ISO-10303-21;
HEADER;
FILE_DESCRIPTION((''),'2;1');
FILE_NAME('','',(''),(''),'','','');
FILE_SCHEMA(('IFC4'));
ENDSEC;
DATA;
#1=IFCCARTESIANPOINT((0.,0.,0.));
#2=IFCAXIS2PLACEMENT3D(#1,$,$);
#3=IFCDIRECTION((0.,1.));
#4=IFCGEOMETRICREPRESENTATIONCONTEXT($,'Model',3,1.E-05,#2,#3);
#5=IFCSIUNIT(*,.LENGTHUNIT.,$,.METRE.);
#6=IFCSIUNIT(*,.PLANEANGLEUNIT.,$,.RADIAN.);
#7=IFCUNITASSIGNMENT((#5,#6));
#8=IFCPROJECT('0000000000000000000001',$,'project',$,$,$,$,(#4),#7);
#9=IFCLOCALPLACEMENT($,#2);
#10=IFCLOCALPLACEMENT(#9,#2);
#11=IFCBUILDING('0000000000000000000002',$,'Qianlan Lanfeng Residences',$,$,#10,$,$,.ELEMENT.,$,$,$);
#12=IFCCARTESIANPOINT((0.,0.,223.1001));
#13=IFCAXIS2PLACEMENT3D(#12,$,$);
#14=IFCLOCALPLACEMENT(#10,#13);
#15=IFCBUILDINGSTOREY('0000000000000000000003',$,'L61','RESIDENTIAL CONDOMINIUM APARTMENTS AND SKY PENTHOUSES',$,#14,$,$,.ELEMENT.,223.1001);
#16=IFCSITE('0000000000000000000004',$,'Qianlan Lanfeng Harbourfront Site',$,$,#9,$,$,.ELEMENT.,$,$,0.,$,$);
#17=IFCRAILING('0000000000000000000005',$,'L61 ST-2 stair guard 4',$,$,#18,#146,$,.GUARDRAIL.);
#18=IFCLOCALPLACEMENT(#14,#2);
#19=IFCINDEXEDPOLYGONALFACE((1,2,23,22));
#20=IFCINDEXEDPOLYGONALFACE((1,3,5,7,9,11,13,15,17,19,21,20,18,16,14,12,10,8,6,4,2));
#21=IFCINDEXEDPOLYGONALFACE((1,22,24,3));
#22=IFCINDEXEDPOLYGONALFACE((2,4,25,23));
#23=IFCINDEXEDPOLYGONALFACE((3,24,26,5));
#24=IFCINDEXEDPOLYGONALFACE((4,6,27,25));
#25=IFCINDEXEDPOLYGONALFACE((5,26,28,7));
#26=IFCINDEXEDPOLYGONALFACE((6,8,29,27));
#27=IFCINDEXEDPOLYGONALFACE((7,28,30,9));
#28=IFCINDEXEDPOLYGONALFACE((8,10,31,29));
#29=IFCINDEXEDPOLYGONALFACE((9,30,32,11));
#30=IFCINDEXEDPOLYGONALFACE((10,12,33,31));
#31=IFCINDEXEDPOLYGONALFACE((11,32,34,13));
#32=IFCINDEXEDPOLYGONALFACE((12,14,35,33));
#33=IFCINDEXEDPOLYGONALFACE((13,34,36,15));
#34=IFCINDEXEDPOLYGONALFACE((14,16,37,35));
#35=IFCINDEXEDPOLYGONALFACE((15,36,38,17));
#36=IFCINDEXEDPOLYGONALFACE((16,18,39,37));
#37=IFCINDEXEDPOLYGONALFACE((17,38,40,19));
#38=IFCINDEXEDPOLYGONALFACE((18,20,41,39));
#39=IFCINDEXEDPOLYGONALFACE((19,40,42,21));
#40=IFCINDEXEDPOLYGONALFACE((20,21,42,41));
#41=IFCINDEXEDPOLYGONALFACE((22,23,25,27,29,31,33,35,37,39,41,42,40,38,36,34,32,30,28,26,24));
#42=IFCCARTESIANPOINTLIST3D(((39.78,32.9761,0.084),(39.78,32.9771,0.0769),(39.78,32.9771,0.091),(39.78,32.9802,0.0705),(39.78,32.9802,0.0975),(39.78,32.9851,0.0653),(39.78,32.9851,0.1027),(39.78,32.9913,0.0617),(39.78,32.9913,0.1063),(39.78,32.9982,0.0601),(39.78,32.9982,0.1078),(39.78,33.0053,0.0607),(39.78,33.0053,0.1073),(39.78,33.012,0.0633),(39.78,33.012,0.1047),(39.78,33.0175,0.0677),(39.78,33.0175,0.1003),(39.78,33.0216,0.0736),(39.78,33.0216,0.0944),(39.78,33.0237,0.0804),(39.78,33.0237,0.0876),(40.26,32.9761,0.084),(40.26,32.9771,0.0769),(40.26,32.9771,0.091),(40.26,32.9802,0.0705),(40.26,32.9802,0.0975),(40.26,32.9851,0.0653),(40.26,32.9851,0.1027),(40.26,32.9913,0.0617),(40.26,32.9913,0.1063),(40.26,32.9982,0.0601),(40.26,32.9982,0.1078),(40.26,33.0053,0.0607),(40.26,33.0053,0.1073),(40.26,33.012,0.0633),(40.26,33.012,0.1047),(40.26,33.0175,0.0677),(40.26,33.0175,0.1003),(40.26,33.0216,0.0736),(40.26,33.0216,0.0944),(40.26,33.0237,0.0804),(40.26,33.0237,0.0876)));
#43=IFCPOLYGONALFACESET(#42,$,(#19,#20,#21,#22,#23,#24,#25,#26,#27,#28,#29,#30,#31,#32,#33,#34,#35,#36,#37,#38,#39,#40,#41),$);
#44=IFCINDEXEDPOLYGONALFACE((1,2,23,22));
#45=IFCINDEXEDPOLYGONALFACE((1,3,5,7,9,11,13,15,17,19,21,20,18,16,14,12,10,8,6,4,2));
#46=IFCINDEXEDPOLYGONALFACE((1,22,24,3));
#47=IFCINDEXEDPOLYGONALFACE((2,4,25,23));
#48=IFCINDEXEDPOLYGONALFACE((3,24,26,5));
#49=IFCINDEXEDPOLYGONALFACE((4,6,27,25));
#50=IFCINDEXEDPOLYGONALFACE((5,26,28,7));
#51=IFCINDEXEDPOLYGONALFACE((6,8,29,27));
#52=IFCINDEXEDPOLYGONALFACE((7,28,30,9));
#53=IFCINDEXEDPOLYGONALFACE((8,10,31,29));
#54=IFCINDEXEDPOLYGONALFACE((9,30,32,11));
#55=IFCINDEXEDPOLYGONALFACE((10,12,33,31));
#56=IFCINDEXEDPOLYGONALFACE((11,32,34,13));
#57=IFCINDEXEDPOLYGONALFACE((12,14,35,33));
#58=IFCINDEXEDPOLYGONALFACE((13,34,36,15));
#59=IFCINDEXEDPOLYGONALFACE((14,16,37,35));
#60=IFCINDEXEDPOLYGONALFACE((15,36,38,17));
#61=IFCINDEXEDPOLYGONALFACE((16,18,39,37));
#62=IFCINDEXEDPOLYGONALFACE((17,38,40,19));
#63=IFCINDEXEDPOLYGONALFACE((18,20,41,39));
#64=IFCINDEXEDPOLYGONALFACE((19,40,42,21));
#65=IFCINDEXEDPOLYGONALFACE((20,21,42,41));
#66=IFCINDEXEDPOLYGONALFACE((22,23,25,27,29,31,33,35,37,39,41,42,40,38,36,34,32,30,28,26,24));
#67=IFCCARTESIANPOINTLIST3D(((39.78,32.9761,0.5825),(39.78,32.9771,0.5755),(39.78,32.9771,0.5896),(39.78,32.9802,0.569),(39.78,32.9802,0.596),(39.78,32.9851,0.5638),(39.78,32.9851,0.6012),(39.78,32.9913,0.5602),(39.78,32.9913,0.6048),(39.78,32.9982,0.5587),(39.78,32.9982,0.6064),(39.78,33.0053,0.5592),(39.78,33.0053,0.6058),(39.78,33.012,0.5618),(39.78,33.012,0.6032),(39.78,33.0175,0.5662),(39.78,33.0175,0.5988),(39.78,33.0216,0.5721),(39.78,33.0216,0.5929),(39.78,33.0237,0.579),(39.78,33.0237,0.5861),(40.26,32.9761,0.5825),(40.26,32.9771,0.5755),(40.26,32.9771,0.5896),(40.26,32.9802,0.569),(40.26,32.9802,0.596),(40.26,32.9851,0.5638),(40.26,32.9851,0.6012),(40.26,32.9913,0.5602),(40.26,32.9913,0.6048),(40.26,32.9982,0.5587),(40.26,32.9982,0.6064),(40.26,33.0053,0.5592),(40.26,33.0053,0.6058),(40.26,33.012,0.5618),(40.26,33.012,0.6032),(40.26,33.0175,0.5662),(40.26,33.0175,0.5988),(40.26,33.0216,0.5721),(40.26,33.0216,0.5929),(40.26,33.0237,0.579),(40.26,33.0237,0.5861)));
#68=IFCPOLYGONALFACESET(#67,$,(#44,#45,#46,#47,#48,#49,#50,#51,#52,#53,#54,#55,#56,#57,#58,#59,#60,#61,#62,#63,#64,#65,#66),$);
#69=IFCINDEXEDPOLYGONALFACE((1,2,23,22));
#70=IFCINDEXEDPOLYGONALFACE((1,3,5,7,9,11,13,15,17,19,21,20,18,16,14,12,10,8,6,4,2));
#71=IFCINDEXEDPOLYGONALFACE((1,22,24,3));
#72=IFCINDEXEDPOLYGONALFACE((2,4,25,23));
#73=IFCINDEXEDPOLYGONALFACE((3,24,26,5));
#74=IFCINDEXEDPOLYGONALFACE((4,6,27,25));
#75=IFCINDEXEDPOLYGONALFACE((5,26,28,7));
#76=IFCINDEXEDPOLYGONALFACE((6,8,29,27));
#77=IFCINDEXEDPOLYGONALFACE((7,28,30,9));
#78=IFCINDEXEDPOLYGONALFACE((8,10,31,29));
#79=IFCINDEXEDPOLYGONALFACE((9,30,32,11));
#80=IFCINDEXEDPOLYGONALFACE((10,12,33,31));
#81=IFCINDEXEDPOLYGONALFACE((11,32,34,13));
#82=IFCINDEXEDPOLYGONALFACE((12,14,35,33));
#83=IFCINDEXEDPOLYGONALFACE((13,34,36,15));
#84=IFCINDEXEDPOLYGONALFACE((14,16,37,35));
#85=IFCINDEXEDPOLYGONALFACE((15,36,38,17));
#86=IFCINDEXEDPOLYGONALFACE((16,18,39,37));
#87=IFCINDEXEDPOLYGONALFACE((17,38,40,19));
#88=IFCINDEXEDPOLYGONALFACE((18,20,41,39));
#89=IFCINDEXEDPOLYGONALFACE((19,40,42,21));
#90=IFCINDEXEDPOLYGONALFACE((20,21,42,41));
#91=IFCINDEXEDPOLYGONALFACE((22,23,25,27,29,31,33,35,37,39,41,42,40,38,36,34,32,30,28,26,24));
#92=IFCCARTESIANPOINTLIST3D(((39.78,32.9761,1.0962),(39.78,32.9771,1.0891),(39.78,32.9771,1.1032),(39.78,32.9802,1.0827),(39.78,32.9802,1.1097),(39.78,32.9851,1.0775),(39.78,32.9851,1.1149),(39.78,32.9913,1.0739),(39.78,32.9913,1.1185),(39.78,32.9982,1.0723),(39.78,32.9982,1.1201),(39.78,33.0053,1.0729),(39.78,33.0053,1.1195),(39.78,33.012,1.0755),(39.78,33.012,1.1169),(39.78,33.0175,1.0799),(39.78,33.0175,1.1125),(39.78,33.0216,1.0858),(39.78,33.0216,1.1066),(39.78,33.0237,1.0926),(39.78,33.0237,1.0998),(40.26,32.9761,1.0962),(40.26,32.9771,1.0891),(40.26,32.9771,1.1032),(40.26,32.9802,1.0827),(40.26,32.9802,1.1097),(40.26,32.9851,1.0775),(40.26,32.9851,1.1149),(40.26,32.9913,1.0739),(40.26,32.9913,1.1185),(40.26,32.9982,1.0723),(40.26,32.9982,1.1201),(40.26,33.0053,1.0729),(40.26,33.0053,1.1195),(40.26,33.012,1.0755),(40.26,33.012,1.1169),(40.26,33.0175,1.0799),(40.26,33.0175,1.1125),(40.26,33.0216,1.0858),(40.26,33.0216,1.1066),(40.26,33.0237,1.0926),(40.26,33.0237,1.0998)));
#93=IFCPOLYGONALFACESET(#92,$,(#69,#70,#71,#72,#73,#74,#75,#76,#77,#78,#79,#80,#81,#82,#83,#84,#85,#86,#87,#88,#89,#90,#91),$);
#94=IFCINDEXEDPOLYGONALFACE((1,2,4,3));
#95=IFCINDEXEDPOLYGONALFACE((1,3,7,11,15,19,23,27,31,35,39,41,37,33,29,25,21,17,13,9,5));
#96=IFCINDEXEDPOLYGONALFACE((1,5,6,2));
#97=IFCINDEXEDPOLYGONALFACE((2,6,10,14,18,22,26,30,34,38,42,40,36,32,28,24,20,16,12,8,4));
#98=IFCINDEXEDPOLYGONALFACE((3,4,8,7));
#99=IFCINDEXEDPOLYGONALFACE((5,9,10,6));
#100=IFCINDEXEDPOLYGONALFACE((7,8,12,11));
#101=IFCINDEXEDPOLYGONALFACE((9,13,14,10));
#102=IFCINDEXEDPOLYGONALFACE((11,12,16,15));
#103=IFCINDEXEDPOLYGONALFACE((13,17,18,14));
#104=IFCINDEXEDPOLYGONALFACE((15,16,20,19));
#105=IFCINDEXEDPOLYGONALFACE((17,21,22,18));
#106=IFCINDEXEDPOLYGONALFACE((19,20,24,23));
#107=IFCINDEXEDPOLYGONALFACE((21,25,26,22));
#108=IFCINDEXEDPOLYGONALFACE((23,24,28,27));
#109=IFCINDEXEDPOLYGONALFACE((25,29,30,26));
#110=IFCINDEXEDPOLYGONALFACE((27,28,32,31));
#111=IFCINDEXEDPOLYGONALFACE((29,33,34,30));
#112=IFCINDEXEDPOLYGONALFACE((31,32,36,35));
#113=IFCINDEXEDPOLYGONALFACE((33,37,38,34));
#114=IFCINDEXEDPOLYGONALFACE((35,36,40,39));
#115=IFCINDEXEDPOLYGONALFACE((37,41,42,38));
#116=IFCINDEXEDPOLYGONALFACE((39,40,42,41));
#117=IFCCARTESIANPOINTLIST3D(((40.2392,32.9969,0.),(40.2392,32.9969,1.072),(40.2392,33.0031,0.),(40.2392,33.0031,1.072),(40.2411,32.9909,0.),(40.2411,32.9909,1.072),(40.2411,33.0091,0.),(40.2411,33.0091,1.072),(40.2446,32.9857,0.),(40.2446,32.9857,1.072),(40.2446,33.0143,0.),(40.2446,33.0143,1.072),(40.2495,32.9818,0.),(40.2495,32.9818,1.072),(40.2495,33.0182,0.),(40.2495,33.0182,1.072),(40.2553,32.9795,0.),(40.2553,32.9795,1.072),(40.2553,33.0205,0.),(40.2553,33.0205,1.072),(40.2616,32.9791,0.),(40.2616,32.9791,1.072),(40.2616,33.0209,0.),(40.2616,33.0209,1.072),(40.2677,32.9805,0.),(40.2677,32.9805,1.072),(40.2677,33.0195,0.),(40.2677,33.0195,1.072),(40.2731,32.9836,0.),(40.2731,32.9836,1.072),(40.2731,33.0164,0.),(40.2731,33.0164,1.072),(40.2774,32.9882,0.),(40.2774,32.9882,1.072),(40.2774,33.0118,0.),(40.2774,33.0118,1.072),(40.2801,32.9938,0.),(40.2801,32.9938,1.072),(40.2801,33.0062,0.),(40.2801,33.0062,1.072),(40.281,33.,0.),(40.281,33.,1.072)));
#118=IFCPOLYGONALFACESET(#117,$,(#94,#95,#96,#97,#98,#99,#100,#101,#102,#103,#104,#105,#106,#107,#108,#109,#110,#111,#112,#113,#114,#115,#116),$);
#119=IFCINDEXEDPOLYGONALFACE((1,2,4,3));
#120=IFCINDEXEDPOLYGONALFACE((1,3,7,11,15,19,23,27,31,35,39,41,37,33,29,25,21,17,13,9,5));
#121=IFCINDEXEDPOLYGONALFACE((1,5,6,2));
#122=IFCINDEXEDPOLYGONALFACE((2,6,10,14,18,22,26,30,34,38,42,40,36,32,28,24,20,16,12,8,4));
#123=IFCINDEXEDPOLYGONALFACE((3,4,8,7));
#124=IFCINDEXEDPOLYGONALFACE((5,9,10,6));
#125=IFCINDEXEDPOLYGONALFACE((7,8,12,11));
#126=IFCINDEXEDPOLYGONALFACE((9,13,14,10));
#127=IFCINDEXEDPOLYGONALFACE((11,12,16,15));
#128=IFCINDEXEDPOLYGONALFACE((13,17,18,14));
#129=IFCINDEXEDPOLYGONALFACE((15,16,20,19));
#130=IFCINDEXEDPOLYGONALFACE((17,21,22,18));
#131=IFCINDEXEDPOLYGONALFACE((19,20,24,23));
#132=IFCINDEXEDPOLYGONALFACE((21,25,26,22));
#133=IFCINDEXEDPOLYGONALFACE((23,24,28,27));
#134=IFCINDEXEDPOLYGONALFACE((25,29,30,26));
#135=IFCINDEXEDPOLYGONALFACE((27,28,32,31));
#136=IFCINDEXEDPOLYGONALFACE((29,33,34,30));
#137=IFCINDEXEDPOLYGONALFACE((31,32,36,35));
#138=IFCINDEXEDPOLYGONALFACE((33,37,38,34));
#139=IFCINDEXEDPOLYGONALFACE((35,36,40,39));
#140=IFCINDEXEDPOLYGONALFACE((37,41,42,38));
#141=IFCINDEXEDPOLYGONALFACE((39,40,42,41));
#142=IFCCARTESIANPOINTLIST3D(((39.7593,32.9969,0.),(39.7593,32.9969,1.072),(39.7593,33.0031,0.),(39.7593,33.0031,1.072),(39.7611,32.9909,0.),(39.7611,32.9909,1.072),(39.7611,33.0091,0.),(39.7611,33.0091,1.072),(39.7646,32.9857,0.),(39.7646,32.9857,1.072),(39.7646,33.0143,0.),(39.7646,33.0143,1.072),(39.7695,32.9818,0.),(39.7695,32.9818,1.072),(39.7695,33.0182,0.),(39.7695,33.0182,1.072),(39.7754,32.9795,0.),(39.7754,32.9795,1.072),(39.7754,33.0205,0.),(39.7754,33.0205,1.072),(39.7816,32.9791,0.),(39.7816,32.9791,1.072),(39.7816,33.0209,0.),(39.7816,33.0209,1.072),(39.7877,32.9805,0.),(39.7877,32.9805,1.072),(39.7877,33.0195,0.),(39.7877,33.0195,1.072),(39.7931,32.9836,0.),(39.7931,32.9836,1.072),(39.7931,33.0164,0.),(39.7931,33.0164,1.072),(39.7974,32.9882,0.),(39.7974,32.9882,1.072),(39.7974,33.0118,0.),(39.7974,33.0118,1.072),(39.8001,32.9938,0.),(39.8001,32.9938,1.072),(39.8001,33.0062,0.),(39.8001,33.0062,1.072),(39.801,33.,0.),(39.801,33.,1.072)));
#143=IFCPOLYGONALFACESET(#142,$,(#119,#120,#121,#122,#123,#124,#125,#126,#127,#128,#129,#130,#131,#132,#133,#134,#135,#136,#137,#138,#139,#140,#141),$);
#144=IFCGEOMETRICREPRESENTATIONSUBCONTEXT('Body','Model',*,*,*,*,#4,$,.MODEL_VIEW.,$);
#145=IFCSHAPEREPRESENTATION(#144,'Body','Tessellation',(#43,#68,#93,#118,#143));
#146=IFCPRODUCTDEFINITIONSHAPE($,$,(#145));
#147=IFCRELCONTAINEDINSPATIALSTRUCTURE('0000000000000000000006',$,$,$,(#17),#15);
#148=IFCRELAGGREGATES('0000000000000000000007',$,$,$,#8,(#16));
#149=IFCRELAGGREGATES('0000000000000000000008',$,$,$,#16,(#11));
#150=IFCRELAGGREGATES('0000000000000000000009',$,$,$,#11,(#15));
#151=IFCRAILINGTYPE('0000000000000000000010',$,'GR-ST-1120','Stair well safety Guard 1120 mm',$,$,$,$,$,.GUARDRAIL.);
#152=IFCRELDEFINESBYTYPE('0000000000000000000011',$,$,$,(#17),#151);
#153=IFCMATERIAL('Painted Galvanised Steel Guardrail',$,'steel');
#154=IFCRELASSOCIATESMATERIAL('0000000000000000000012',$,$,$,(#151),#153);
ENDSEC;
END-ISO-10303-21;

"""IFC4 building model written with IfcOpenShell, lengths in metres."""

from ifc_helpers import new_model, si_unit, direction, frame, origin, origin_2d, place, context, subcontext, project, spatial, circle, extrude, material, type_object, element, save


model = new_model("IFC4")

# Units and contexts
model_context = context("Model", 3, precision=1e-05, world=origin(), true_north=direction((0.0, 1.0)))
body_context = subcontext(model_context, "Body", "Model", "MODEL_VIEW")
ifc_project = project(units=[si_unit("LENGTHUNIT", "METRE"), si_unit("PLANEANGLEUNIT", "RADIAN")], contexts=[model_context])

# Site, building, storey
site_placement = place(None, origin())
site = spatial("IfcSite", under=ifc_project, at=site_placement, Name="Qianlan Lanfeng Harbourfront Site", CompositionType="ELEMENT", RefElevation=0.0)
building_placement = place(site_placement, origin())
building = spatial("IfcBuilding", under=site, at=building_placement, Name="Qianlan Lanfeng Residences", CompositionType="ELEMENT")
storey_placement = place(building_placement, frame((0.0, 0.0, 223.1001)))
storey = spatial("IfcBuildingStorey", under=building, at=storey_placement, Name="L61", Description="RESIDENTIAL CONDOMINIUM APARTMENTS AND SKY PENTHOUSES", CompositionType="ELEMENT", Elevation=223.1001)

# Railing
ifc_material_1 = material(Name="Painted Galvanised Steel Guardrail", Category="steel")
railing_type_1 = type_object("IfcRailingType", Name="GR-ST-1120", Description="Stair well safety Guard 1120 mm", PredefinedType="GUARDRAIL", material=ifc_material_1)
railing_1_placement = place(storey_placement, frame((40.26, 33.0, 0.0)))
element("IfcRailing", 1, at=railing_1_placement, inside=storey, type_object=railing_type_1, Name="L61 ST-2 stair guard 4", PredefinedType="GUARDRAIL", context=body_context, shape_type="SweptSolid", body=[
    extrude(circle(Radius=0.0239, at=origin_2d()), frame((0.0, 0.0, 0.084), z_axis=(-1.0, 0.0, 0.0), x_axis=(0.0, -1.0, 0.0)), (0.0, 0.0, 1.0), 0.48),
    extrude(circle(Radius=0.0239, at=origin_2d()), frame((0.0, 0.0, 0.5825), z_axis=(-1.0, 0.0, 0.0), x_axis=(0.0, -1.0, 0.0)), (0.0, 0.0, 1.0), 0.48),
    extrude(circle(Radius=0.0239, at=origin_2d()), frame((0.0, 0.0, 1.0962), z_axis=(-1.0, 0.0, 0.0), x_axis=(0.0, -1.0, 0.0)), (0.0, 0.0, 1.0), 0.48),
    extrude(circle(Radius=0.021, at=origin_2d()), origin(), (0.0, 0.0, 1.0), 1.072),
    extrude(circle(Radius=0.021, at=origin_2d()), frame((-0.48, 0.0, 0.0)), (0.0, 0.0, 1.0), 1.072),
])

save(model, "model.ifc")
